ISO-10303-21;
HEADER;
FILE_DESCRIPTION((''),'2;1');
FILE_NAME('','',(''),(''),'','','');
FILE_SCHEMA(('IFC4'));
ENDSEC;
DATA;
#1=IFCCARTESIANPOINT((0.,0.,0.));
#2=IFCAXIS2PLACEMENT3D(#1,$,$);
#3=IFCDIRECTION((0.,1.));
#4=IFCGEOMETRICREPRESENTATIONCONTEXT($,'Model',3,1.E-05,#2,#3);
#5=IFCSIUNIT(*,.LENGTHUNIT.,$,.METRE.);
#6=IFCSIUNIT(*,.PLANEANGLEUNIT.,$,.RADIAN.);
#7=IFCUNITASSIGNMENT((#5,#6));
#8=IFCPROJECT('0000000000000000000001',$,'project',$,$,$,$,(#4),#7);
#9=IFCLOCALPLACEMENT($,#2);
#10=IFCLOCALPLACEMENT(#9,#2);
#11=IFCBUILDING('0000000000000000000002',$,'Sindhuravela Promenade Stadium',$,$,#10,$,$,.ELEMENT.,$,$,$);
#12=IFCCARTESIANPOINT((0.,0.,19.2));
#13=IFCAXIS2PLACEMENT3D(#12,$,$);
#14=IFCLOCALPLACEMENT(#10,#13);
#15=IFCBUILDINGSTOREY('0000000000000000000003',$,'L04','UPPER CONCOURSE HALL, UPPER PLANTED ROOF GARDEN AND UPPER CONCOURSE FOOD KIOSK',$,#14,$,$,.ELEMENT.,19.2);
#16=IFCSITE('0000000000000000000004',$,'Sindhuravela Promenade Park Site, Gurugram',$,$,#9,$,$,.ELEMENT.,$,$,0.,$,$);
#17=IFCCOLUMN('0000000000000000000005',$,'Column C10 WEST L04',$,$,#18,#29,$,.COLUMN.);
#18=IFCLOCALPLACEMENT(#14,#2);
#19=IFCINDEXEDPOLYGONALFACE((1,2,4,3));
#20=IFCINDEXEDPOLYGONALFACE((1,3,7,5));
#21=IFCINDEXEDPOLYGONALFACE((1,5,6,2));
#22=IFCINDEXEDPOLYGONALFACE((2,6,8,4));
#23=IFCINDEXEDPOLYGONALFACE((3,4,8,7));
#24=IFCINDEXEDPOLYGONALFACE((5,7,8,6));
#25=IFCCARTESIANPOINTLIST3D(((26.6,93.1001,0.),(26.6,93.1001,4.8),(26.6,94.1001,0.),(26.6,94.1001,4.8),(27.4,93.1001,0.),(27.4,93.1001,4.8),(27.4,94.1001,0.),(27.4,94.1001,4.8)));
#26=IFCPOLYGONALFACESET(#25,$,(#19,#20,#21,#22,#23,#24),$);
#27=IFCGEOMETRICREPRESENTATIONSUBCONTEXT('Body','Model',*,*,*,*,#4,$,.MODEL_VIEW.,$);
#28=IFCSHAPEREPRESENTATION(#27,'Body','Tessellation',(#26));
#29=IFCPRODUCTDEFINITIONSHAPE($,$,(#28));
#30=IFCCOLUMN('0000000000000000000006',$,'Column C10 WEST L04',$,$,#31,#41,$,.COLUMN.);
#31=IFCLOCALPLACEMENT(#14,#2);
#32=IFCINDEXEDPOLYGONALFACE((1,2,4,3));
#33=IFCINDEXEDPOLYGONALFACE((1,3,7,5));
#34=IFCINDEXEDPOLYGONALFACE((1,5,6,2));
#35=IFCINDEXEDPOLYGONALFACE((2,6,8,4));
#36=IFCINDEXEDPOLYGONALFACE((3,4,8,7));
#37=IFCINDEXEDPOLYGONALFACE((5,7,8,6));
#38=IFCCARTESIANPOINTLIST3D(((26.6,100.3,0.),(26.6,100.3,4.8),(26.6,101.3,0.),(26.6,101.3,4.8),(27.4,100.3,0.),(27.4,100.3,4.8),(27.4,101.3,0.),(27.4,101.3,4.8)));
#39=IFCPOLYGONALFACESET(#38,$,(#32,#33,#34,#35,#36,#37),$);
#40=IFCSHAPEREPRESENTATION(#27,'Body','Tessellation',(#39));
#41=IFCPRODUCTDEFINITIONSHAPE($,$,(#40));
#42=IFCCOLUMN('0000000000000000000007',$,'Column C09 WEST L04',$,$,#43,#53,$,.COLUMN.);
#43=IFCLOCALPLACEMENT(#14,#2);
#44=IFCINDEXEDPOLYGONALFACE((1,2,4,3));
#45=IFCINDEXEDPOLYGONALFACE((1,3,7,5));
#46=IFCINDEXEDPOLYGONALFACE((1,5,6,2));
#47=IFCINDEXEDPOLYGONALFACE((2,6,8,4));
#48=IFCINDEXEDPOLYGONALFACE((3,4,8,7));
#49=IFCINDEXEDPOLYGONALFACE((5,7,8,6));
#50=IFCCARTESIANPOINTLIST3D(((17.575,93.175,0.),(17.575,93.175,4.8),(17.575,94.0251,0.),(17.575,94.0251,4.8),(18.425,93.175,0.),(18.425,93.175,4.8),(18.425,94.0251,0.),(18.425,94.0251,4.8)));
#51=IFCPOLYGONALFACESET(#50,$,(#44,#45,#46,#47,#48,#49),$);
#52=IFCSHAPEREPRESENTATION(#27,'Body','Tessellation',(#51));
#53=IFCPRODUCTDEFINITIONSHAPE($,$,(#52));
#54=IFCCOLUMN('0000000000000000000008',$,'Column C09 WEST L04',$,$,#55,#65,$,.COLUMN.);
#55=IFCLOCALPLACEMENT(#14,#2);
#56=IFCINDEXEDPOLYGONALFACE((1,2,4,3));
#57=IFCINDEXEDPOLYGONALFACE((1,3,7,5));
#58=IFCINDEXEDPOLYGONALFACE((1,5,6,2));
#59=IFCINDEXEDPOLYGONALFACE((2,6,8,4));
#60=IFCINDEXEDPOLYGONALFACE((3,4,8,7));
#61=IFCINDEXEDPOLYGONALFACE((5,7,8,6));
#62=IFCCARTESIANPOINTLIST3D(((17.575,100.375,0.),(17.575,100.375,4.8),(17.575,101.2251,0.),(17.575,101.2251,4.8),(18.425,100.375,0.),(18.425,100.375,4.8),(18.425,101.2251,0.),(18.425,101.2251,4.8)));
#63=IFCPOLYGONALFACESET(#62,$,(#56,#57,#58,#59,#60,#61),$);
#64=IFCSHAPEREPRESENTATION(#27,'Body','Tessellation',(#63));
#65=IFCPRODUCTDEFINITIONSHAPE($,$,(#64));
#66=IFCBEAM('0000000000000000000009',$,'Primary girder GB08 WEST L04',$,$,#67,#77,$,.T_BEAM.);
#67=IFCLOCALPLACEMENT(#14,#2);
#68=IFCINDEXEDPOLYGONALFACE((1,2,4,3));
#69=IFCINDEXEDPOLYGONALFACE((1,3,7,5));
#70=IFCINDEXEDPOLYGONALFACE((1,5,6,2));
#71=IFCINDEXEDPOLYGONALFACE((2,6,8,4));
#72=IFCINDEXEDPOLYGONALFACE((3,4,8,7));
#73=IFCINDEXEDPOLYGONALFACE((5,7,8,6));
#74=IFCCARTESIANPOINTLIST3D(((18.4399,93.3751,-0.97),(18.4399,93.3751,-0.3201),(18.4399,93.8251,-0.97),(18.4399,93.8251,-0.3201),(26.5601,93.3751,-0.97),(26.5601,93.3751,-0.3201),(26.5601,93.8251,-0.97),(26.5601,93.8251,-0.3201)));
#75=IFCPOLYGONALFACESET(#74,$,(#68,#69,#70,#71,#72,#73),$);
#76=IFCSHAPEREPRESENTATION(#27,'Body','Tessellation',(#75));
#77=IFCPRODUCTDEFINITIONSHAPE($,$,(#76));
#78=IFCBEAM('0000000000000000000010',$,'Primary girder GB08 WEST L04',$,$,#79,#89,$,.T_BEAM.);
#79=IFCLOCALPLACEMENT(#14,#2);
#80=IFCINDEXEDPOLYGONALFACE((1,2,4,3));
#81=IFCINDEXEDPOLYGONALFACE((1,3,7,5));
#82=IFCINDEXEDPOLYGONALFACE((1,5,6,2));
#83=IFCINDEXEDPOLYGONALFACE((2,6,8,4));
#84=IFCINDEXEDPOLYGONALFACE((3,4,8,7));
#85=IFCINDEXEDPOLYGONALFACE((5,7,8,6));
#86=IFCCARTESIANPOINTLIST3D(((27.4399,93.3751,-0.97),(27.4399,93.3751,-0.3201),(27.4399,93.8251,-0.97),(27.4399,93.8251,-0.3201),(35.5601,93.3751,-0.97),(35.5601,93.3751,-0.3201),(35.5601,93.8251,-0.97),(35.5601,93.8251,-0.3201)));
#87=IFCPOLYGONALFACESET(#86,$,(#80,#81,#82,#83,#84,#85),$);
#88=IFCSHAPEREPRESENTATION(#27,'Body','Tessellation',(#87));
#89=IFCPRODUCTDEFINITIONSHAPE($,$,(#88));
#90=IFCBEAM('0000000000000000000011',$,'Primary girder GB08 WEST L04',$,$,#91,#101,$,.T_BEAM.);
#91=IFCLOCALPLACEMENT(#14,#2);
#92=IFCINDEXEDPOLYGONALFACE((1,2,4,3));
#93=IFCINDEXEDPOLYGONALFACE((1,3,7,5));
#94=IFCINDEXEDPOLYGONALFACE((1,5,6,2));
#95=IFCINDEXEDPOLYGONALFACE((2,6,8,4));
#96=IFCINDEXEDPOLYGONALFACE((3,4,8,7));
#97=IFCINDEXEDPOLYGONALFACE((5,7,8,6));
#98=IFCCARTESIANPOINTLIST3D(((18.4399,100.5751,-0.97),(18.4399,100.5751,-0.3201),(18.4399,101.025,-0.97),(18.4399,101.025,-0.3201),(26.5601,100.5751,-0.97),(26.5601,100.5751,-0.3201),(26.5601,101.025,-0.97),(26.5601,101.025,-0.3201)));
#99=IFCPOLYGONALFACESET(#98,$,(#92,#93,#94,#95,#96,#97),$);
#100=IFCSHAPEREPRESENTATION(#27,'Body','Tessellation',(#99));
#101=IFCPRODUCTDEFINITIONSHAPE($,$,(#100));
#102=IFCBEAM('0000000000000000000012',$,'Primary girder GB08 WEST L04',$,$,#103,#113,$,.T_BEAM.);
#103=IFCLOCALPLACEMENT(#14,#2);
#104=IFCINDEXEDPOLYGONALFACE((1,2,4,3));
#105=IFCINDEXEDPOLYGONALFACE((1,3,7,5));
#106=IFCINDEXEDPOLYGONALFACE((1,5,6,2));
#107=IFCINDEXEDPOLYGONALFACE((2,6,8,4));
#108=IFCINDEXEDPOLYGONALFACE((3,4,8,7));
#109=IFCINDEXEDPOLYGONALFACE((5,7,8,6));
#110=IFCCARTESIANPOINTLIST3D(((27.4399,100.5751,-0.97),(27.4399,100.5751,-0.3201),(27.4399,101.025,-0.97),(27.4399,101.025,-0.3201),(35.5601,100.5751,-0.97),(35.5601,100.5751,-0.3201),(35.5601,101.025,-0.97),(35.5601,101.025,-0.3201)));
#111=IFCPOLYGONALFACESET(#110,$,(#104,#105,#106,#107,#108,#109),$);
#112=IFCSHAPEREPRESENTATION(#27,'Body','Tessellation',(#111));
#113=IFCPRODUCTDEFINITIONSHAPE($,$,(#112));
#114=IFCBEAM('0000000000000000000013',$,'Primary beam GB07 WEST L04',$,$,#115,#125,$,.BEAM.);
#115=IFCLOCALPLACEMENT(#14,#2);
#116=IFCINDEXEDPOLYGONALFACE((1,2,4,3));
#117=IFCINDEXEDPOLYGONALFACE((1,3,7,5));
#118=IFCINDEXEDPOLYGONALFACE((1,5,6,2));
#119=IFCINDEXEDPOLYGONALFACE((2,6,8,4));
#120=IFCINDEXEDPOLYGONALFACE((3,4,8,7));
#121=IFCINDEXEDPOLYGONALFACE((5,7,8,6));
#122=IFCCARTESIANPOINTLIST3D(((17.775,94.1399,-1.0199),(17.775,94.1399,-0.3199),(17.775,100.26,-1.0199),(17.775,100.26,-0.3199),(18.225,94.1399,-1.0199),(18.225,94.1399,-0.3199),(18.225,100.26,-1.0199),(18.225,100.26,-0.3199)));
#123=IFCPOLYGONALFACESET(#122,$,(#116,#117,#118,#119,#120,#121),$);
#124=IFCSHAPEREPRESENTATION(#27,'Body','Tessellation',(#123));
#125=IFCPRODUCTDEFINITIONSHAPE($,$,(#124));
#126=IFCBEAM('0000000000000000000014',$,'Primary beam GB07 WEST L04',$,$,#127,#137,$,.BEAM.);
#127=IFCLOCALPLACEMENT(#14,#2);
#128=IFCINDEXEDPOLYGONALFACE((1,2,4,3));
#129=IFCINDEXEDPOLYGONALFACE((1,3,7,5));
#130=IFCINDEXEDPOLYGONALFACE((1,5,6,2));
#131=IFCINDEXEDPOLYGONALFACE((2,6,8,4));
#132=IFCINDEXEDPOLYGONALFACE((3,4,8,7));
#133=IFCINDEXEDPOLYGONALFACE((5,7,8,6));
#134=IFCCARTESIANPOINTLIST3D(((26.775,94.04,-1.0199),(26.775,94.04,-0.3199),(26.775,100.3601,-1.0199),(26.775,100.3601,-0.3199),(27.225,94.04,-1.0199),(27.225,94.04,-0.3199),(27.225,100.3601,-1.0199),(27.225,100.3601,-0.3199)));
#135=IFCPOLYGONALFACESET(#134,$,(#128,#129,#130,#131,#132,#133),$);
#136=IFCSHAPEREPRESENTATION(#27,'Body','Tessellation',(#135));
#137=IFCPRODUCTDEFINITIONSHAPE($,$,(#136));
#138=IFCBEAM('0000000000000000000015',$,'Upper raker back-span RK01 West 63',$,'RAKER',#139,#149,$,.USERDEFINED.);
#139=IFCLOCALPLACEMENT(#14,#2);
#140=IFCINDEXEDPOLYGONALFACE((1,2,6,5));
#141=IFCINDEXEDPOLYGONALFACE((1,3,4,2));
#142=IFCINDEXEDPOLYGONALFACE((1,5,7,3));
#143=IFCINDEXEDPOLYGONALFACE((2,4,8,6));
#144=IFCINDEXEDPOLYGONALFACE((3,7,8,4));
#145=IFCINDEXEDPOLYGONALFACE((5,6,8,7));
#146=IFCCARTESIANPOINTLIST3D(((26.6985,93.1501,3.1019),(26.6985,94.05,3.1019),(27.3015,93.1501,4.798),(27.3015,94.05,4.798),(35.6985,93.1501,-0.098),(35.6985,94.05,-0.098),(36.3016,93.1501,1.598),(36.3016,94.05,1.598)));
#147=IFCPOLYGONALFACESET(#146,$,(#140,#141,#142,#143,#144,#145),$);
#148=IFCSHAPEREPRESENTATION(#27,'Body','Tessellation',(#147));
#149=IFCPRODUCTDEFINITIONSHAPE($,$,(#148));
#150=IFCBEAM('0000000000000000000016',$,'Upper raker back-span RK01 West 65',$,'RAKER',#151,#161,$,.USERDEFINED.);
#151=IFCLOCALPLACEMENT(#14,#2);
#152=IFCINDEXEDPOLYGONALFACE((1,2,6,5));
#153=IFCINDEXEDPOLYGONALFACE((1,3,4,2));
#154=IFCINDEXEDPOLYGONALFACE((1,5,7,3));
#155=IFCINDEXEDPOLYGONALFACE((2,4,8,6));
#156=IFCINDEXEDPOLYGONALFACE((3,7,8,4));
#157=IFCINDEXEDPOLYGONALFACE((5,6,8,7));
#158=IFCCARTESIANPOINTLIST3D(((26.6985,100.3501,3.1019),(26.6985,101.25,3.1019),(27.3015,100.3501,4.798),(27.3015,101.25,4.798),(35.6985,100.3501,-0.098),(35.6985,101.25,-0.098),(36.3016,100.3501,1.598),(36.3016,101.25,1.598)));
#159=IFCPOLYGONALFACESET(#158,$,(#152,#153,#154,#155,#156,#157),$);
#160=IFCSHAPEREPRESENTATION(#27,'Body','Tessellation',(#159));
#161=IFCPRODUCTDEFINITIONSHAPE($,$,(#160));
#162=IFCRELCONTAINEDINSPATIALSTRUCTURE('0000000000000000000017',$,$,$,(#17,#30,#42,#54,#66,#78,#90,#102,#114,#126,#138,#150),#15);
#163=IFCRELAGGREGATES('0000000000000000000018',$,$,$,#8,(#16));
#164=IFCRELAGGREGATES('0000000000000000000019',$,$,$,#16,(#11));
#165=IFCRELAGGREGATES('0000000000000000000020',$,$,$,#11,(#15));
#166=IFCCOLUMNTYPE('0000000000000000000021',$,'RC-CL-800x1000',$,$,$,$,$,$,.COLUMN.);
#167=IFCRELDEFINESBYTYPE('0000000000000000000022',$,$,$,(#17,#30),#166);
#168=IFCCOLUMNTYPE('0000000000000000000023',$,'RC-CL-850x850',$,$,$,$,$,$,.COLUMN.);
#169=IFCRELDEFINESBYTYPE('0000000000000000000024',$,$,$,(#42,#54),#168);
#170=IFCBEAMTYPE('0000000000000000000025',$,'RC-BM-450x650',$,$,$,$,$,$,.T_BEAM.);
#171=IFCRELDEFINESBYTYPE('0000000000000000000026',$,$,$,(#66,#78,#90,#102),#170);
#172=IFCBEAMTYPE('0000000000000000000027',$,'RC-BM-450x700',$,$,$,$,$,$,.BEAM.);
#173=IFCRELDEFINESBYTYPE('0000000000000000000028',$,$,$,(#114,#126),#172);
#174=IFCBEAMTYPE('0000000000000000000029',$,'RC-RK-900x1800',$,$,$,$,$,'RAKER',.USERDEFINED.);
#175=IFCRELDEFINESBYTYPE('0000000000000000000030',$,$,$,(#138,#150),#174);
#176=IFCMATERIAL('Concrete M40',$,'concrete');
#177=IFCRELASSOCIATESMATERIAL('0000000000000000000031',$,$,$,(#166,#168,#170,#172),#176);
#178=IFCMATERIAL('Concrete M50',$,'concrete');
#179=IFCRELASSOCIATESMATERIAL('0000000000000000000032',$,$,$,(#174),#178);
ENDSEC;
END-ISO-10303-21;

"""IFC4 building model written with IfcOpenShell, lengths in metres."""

from ifc_helpers import new_model, si_unit, direction, frame, origin, origin_2d, place, context, subcontext, project, spatial, rectangle, extrude, material, material_profile, profile_set, type_object, element, save


model = new_model("IFC4")

# Units and contexts
model_context = context("Model", 3, precision=1e-05, world=origin(), true_north=direction((0.0, 1.0)))
body_context = subcontext(model_context, "Body", "Model", "MODEL_VIEW")
ifc_project = project(units=[si_unit("LENGTHUNIT", "METRE"), si_unit("PLANEANGLEUNIT", "RADIAN")], contexts=[model_context])

# Site, building, storey
site_placement = place(None, origin())
site = spatial("IfcSite", under=ifc_project, at=site_placement, Name="Sindhuravela Promenade Park Site, Gurugram", CompositionType="ELEMENT", RefElevation=0.0)
building_placement = place(site_placement, origin())
building = spatial("IfcBuilding", under=site, at=building_placement, Name="Sindhuravela Promenade Stadium", CompositionType="ELEMENT")
storey_placement = place(building_placement, frame((0.0, 0.0, 19.2)))
storey = spatial("IfcBuildingStorey", under=building, at=storey_placement, Name="L04", Description="UPPER CONCOURSE HALL, UPPER PLANTED ROOF GARDEN AND UPPER CONCOURSE FOOD KIOSK", CompositionType="ELEMENT", Elevation=19.2)

# Columns
ifc_material_1 = material(Name="Concrete M40", Category="concrete")
ifc_material_profile_1 = material_profile(ifc_material_1, rectangle(XDim=0.8, YDim=1.0, at=origin_2d()), Name="RC 800x1000")
ifc_profile_set_1 = profile_set([ifc_material_profile_1], Name="Concrete M40")
column_type_1 = type_object("IfcColumnType", Name="RC-CL-800x1000", PredefinedType="COLUMN", material=ifc_profile_set_1)
for number, where, z_axis, x_axis, name in (
    (1, (27.0, 93.6001, 0.0), (0.0, 0.0, 1.0), (1.0, 0.0, 0.0), "Column C10 WEST L04"),
    (2, (27.0, 100.8, 0.0), (0.0, 0.0, 1.0), (1.0, 0.0, 0.0), "Column C10 WEST L04"),
):
    element("IfcColumn", number, at=place(storey_placement, frame(where, z_axis=z_axis, x_axis=x_axis)), inside=storey, type_object=column_type_1, Name=name, PredefinedType="COLUMN", context=body_context, shape_type="SweptSolid", body=[
        extrude(rectangle(XDim=0.8, YDim=1.0, at=origin_2d()), origin(), (0.0, 0.0, 1.0), 4.8),
    ])
ifc_material_profile_2 = material_profile(ifc_material_1, rectangle(XDim=0.8501, YDim=0.8501, at=origin_2d()), Name="RC 850x850")
ifc_profile_set_2 = profile_set([ifc_material_profile_2], Name="Concrete M40")
column_type_2 = type_object("IfcColumnType", Name="RC-CL-850x850", PredefinedType="COLUMN", material=ifc_profile_set_2)
for number, where, z_axis, x_axis, name in (
    (3, (18.0, 93.6001, 0.0), (0.0, 0.0, 1.0), (1.0, 0.0, 0.0), "Column C09 WEST L04"),
    (4, (18.0, 100.8, 0.0), (0.0, 0.0, 1.0), (1.0, 0.0, 0.0), "Column C09 WEST L04"),
):
    element("IfcColumn", number, at=place(storey_placement, frame(where, z_axis=z_axis, x_axis=x_axis)), inside=storey, type_object=column_type_2, Name=name, PredefinedType="COLUMN", context=body_context, shape_type="SweptSolid", body=[
        extrude(rectangle(XDim=0.8501, YDim=0.8501, at=origin_2d()), origin(), (0.0, 0.0, 1.0), 4.8),
    ])

# Beams
ifc_material_profile_3 = material_profile(ifc_material_1, rectangle(XDim=0.45, YDim=0.6499, at=origin_2d()), Name="RC 450x650")
ifc_profile_set_3 = profile_set([ifc_material_profile_3], Name="Concrete M40")
beam_type_1 = type_object("IfcBeamType", Name="RC-BM-450x650", PredefinedType="T_BEAM", material=ifc_profile_set_3)
for number, where, z_axis, x_axis, name in (
    (5, (18.4399, 93.6001, -0.645), (1.0, 0.0, 0.0), (0.0, 1.0, 0.0), "Primary girder GB08 WEST L04"),
    (6, (27.4399, 93.6001, -0.645), (1.0, 0.0, 0.0), (0.0, 1.0, 0.0), "Primary girder GB08 WEST L04"),
    (7, (18.4399, 100.8, -0.645), (1.0, 0.0, 0.0), (0.0, 1.0, 0.0), "Primary girder GB08 WEST L04"),
    (8, (27.4399, 100.8, -0.645), (1.0, 0.0, 0.0), (0.0, 1.0, 0.0), "Primary girder GB08 WEST L04"),
):
    element("IfcBeam", number, at=place(storey_placement, frame(where, z_axis=z_axis, x_axis=x_axis)), inside=storey, type_object=beam_type_1, Name=name, PredefinedType="T_BEAM", context=body_context, shape_type="SweptSolid", body=[
        extrude(rectangle(XDim=0.45, YDim=0.6499, at=origin_2d()), origin(), (0.0, 0.0, 1.0), 8.1201),
    ])
ifc_material_profile_4 = material_profile(ifc_material_1, rectangle(XDim=0.45, YDim=0.7, at=origin_2d()), Name="RC 450x700")
ifc_profile_set_4 = profile_set([ifc_material_profile_4], Name="Concrete M40")
beam_type_2 = type_object("IfcBeamType", Name="RC-BM-450x700", PredefinedType="BEAM", material=ifc_profile_set_4)
beam_1_placement = place(storey_placement, frame((18.0, 94.1399, -0.6699), z_axis=(0.0, 1.0, 0.0), x_axis=(-1.0, 0.0, 0.0)))
element("IfcBeam", 9, at=beam_1_placement, inside=storey, type_object=beam_type_2, Name="Primary beam GB07 WEST L04", PredefinedType="BEAM", context=body_context, shape_type="SweptSolid", body=[
    extrude(rectangle(XDim=0.45, YDim=0.7, at=origin_2d()), origin(), (0.0, 0.0, 1.0), 6.1201),
])
beam_2_placement = place(storey_placement, frame((27.0, 94.04, -0.6699), z_axis=(0.0, 1.0, 0.0), x_axis=(-1.0, 0.0, 0.0)))
element("IfcBeam", 10, at=beam_2_placement, inside=storey, type_object=beam_type_2, Name="Primary beam GB07 WEST L04", PredefinedType="BEAM", context=body_context, shape_type="SweptSolid", body=[
    extrude(rectangle(XDim=0.45, YDim=0.7, at=origin_2d()), origin(), (0.0, 0.0, 1.0), 6.3201),
])
ifc_material_2 = material(Name="Concrete M50", Category="concrete")
ifc_material_profile_5 = material_profile(ifc_material_2, rectangle(XDim=0.8999, YDim=1.8, at=origin_2d()), Name="RC 900x1800")
ifc_profile_set_5 = profile_set([ifc_material_profile_5], Name="Concrete M50")
beam_type_3 = type_object("IfcBeamType", Name="RC-RK-900x1800", ElementType="RAKER", PredefinedType="USERDEFINED", material=ifc_profile_set_5)
for number, where, z_axis, x_axis, name in (
    (11, (27.0, 93.6001, 3.95), (0.942216, 0.0, -0.335005), (0.0, 1.0, 0.0), "Upper raker back-span RK01 West 63"),
    (12, (27.0, 100.8, 3.95), (0.942216, 0.0, -0.335005), (0.0, 1.0, 0.0), "Upper raker back-span RK01 West 65"),
):
    element("IfcBeam", number, at=place(storey_placement, frame(where, z_axis=z_axis, x_axis=x_axis)), inside=storey, type_object=beam_type_3, Name=name, ObjectType="RAKER", PredefinedType="USERDEFINED", context=body_context, shape_type="SweptSolid", body=[
        extrude(rectangle(XDim=0.8999, YDim=1.8, at=origin_2d()), origin(), (0.0, 0.0, 1.0), 9.552),
    ])

save(model, "model.ifc")
